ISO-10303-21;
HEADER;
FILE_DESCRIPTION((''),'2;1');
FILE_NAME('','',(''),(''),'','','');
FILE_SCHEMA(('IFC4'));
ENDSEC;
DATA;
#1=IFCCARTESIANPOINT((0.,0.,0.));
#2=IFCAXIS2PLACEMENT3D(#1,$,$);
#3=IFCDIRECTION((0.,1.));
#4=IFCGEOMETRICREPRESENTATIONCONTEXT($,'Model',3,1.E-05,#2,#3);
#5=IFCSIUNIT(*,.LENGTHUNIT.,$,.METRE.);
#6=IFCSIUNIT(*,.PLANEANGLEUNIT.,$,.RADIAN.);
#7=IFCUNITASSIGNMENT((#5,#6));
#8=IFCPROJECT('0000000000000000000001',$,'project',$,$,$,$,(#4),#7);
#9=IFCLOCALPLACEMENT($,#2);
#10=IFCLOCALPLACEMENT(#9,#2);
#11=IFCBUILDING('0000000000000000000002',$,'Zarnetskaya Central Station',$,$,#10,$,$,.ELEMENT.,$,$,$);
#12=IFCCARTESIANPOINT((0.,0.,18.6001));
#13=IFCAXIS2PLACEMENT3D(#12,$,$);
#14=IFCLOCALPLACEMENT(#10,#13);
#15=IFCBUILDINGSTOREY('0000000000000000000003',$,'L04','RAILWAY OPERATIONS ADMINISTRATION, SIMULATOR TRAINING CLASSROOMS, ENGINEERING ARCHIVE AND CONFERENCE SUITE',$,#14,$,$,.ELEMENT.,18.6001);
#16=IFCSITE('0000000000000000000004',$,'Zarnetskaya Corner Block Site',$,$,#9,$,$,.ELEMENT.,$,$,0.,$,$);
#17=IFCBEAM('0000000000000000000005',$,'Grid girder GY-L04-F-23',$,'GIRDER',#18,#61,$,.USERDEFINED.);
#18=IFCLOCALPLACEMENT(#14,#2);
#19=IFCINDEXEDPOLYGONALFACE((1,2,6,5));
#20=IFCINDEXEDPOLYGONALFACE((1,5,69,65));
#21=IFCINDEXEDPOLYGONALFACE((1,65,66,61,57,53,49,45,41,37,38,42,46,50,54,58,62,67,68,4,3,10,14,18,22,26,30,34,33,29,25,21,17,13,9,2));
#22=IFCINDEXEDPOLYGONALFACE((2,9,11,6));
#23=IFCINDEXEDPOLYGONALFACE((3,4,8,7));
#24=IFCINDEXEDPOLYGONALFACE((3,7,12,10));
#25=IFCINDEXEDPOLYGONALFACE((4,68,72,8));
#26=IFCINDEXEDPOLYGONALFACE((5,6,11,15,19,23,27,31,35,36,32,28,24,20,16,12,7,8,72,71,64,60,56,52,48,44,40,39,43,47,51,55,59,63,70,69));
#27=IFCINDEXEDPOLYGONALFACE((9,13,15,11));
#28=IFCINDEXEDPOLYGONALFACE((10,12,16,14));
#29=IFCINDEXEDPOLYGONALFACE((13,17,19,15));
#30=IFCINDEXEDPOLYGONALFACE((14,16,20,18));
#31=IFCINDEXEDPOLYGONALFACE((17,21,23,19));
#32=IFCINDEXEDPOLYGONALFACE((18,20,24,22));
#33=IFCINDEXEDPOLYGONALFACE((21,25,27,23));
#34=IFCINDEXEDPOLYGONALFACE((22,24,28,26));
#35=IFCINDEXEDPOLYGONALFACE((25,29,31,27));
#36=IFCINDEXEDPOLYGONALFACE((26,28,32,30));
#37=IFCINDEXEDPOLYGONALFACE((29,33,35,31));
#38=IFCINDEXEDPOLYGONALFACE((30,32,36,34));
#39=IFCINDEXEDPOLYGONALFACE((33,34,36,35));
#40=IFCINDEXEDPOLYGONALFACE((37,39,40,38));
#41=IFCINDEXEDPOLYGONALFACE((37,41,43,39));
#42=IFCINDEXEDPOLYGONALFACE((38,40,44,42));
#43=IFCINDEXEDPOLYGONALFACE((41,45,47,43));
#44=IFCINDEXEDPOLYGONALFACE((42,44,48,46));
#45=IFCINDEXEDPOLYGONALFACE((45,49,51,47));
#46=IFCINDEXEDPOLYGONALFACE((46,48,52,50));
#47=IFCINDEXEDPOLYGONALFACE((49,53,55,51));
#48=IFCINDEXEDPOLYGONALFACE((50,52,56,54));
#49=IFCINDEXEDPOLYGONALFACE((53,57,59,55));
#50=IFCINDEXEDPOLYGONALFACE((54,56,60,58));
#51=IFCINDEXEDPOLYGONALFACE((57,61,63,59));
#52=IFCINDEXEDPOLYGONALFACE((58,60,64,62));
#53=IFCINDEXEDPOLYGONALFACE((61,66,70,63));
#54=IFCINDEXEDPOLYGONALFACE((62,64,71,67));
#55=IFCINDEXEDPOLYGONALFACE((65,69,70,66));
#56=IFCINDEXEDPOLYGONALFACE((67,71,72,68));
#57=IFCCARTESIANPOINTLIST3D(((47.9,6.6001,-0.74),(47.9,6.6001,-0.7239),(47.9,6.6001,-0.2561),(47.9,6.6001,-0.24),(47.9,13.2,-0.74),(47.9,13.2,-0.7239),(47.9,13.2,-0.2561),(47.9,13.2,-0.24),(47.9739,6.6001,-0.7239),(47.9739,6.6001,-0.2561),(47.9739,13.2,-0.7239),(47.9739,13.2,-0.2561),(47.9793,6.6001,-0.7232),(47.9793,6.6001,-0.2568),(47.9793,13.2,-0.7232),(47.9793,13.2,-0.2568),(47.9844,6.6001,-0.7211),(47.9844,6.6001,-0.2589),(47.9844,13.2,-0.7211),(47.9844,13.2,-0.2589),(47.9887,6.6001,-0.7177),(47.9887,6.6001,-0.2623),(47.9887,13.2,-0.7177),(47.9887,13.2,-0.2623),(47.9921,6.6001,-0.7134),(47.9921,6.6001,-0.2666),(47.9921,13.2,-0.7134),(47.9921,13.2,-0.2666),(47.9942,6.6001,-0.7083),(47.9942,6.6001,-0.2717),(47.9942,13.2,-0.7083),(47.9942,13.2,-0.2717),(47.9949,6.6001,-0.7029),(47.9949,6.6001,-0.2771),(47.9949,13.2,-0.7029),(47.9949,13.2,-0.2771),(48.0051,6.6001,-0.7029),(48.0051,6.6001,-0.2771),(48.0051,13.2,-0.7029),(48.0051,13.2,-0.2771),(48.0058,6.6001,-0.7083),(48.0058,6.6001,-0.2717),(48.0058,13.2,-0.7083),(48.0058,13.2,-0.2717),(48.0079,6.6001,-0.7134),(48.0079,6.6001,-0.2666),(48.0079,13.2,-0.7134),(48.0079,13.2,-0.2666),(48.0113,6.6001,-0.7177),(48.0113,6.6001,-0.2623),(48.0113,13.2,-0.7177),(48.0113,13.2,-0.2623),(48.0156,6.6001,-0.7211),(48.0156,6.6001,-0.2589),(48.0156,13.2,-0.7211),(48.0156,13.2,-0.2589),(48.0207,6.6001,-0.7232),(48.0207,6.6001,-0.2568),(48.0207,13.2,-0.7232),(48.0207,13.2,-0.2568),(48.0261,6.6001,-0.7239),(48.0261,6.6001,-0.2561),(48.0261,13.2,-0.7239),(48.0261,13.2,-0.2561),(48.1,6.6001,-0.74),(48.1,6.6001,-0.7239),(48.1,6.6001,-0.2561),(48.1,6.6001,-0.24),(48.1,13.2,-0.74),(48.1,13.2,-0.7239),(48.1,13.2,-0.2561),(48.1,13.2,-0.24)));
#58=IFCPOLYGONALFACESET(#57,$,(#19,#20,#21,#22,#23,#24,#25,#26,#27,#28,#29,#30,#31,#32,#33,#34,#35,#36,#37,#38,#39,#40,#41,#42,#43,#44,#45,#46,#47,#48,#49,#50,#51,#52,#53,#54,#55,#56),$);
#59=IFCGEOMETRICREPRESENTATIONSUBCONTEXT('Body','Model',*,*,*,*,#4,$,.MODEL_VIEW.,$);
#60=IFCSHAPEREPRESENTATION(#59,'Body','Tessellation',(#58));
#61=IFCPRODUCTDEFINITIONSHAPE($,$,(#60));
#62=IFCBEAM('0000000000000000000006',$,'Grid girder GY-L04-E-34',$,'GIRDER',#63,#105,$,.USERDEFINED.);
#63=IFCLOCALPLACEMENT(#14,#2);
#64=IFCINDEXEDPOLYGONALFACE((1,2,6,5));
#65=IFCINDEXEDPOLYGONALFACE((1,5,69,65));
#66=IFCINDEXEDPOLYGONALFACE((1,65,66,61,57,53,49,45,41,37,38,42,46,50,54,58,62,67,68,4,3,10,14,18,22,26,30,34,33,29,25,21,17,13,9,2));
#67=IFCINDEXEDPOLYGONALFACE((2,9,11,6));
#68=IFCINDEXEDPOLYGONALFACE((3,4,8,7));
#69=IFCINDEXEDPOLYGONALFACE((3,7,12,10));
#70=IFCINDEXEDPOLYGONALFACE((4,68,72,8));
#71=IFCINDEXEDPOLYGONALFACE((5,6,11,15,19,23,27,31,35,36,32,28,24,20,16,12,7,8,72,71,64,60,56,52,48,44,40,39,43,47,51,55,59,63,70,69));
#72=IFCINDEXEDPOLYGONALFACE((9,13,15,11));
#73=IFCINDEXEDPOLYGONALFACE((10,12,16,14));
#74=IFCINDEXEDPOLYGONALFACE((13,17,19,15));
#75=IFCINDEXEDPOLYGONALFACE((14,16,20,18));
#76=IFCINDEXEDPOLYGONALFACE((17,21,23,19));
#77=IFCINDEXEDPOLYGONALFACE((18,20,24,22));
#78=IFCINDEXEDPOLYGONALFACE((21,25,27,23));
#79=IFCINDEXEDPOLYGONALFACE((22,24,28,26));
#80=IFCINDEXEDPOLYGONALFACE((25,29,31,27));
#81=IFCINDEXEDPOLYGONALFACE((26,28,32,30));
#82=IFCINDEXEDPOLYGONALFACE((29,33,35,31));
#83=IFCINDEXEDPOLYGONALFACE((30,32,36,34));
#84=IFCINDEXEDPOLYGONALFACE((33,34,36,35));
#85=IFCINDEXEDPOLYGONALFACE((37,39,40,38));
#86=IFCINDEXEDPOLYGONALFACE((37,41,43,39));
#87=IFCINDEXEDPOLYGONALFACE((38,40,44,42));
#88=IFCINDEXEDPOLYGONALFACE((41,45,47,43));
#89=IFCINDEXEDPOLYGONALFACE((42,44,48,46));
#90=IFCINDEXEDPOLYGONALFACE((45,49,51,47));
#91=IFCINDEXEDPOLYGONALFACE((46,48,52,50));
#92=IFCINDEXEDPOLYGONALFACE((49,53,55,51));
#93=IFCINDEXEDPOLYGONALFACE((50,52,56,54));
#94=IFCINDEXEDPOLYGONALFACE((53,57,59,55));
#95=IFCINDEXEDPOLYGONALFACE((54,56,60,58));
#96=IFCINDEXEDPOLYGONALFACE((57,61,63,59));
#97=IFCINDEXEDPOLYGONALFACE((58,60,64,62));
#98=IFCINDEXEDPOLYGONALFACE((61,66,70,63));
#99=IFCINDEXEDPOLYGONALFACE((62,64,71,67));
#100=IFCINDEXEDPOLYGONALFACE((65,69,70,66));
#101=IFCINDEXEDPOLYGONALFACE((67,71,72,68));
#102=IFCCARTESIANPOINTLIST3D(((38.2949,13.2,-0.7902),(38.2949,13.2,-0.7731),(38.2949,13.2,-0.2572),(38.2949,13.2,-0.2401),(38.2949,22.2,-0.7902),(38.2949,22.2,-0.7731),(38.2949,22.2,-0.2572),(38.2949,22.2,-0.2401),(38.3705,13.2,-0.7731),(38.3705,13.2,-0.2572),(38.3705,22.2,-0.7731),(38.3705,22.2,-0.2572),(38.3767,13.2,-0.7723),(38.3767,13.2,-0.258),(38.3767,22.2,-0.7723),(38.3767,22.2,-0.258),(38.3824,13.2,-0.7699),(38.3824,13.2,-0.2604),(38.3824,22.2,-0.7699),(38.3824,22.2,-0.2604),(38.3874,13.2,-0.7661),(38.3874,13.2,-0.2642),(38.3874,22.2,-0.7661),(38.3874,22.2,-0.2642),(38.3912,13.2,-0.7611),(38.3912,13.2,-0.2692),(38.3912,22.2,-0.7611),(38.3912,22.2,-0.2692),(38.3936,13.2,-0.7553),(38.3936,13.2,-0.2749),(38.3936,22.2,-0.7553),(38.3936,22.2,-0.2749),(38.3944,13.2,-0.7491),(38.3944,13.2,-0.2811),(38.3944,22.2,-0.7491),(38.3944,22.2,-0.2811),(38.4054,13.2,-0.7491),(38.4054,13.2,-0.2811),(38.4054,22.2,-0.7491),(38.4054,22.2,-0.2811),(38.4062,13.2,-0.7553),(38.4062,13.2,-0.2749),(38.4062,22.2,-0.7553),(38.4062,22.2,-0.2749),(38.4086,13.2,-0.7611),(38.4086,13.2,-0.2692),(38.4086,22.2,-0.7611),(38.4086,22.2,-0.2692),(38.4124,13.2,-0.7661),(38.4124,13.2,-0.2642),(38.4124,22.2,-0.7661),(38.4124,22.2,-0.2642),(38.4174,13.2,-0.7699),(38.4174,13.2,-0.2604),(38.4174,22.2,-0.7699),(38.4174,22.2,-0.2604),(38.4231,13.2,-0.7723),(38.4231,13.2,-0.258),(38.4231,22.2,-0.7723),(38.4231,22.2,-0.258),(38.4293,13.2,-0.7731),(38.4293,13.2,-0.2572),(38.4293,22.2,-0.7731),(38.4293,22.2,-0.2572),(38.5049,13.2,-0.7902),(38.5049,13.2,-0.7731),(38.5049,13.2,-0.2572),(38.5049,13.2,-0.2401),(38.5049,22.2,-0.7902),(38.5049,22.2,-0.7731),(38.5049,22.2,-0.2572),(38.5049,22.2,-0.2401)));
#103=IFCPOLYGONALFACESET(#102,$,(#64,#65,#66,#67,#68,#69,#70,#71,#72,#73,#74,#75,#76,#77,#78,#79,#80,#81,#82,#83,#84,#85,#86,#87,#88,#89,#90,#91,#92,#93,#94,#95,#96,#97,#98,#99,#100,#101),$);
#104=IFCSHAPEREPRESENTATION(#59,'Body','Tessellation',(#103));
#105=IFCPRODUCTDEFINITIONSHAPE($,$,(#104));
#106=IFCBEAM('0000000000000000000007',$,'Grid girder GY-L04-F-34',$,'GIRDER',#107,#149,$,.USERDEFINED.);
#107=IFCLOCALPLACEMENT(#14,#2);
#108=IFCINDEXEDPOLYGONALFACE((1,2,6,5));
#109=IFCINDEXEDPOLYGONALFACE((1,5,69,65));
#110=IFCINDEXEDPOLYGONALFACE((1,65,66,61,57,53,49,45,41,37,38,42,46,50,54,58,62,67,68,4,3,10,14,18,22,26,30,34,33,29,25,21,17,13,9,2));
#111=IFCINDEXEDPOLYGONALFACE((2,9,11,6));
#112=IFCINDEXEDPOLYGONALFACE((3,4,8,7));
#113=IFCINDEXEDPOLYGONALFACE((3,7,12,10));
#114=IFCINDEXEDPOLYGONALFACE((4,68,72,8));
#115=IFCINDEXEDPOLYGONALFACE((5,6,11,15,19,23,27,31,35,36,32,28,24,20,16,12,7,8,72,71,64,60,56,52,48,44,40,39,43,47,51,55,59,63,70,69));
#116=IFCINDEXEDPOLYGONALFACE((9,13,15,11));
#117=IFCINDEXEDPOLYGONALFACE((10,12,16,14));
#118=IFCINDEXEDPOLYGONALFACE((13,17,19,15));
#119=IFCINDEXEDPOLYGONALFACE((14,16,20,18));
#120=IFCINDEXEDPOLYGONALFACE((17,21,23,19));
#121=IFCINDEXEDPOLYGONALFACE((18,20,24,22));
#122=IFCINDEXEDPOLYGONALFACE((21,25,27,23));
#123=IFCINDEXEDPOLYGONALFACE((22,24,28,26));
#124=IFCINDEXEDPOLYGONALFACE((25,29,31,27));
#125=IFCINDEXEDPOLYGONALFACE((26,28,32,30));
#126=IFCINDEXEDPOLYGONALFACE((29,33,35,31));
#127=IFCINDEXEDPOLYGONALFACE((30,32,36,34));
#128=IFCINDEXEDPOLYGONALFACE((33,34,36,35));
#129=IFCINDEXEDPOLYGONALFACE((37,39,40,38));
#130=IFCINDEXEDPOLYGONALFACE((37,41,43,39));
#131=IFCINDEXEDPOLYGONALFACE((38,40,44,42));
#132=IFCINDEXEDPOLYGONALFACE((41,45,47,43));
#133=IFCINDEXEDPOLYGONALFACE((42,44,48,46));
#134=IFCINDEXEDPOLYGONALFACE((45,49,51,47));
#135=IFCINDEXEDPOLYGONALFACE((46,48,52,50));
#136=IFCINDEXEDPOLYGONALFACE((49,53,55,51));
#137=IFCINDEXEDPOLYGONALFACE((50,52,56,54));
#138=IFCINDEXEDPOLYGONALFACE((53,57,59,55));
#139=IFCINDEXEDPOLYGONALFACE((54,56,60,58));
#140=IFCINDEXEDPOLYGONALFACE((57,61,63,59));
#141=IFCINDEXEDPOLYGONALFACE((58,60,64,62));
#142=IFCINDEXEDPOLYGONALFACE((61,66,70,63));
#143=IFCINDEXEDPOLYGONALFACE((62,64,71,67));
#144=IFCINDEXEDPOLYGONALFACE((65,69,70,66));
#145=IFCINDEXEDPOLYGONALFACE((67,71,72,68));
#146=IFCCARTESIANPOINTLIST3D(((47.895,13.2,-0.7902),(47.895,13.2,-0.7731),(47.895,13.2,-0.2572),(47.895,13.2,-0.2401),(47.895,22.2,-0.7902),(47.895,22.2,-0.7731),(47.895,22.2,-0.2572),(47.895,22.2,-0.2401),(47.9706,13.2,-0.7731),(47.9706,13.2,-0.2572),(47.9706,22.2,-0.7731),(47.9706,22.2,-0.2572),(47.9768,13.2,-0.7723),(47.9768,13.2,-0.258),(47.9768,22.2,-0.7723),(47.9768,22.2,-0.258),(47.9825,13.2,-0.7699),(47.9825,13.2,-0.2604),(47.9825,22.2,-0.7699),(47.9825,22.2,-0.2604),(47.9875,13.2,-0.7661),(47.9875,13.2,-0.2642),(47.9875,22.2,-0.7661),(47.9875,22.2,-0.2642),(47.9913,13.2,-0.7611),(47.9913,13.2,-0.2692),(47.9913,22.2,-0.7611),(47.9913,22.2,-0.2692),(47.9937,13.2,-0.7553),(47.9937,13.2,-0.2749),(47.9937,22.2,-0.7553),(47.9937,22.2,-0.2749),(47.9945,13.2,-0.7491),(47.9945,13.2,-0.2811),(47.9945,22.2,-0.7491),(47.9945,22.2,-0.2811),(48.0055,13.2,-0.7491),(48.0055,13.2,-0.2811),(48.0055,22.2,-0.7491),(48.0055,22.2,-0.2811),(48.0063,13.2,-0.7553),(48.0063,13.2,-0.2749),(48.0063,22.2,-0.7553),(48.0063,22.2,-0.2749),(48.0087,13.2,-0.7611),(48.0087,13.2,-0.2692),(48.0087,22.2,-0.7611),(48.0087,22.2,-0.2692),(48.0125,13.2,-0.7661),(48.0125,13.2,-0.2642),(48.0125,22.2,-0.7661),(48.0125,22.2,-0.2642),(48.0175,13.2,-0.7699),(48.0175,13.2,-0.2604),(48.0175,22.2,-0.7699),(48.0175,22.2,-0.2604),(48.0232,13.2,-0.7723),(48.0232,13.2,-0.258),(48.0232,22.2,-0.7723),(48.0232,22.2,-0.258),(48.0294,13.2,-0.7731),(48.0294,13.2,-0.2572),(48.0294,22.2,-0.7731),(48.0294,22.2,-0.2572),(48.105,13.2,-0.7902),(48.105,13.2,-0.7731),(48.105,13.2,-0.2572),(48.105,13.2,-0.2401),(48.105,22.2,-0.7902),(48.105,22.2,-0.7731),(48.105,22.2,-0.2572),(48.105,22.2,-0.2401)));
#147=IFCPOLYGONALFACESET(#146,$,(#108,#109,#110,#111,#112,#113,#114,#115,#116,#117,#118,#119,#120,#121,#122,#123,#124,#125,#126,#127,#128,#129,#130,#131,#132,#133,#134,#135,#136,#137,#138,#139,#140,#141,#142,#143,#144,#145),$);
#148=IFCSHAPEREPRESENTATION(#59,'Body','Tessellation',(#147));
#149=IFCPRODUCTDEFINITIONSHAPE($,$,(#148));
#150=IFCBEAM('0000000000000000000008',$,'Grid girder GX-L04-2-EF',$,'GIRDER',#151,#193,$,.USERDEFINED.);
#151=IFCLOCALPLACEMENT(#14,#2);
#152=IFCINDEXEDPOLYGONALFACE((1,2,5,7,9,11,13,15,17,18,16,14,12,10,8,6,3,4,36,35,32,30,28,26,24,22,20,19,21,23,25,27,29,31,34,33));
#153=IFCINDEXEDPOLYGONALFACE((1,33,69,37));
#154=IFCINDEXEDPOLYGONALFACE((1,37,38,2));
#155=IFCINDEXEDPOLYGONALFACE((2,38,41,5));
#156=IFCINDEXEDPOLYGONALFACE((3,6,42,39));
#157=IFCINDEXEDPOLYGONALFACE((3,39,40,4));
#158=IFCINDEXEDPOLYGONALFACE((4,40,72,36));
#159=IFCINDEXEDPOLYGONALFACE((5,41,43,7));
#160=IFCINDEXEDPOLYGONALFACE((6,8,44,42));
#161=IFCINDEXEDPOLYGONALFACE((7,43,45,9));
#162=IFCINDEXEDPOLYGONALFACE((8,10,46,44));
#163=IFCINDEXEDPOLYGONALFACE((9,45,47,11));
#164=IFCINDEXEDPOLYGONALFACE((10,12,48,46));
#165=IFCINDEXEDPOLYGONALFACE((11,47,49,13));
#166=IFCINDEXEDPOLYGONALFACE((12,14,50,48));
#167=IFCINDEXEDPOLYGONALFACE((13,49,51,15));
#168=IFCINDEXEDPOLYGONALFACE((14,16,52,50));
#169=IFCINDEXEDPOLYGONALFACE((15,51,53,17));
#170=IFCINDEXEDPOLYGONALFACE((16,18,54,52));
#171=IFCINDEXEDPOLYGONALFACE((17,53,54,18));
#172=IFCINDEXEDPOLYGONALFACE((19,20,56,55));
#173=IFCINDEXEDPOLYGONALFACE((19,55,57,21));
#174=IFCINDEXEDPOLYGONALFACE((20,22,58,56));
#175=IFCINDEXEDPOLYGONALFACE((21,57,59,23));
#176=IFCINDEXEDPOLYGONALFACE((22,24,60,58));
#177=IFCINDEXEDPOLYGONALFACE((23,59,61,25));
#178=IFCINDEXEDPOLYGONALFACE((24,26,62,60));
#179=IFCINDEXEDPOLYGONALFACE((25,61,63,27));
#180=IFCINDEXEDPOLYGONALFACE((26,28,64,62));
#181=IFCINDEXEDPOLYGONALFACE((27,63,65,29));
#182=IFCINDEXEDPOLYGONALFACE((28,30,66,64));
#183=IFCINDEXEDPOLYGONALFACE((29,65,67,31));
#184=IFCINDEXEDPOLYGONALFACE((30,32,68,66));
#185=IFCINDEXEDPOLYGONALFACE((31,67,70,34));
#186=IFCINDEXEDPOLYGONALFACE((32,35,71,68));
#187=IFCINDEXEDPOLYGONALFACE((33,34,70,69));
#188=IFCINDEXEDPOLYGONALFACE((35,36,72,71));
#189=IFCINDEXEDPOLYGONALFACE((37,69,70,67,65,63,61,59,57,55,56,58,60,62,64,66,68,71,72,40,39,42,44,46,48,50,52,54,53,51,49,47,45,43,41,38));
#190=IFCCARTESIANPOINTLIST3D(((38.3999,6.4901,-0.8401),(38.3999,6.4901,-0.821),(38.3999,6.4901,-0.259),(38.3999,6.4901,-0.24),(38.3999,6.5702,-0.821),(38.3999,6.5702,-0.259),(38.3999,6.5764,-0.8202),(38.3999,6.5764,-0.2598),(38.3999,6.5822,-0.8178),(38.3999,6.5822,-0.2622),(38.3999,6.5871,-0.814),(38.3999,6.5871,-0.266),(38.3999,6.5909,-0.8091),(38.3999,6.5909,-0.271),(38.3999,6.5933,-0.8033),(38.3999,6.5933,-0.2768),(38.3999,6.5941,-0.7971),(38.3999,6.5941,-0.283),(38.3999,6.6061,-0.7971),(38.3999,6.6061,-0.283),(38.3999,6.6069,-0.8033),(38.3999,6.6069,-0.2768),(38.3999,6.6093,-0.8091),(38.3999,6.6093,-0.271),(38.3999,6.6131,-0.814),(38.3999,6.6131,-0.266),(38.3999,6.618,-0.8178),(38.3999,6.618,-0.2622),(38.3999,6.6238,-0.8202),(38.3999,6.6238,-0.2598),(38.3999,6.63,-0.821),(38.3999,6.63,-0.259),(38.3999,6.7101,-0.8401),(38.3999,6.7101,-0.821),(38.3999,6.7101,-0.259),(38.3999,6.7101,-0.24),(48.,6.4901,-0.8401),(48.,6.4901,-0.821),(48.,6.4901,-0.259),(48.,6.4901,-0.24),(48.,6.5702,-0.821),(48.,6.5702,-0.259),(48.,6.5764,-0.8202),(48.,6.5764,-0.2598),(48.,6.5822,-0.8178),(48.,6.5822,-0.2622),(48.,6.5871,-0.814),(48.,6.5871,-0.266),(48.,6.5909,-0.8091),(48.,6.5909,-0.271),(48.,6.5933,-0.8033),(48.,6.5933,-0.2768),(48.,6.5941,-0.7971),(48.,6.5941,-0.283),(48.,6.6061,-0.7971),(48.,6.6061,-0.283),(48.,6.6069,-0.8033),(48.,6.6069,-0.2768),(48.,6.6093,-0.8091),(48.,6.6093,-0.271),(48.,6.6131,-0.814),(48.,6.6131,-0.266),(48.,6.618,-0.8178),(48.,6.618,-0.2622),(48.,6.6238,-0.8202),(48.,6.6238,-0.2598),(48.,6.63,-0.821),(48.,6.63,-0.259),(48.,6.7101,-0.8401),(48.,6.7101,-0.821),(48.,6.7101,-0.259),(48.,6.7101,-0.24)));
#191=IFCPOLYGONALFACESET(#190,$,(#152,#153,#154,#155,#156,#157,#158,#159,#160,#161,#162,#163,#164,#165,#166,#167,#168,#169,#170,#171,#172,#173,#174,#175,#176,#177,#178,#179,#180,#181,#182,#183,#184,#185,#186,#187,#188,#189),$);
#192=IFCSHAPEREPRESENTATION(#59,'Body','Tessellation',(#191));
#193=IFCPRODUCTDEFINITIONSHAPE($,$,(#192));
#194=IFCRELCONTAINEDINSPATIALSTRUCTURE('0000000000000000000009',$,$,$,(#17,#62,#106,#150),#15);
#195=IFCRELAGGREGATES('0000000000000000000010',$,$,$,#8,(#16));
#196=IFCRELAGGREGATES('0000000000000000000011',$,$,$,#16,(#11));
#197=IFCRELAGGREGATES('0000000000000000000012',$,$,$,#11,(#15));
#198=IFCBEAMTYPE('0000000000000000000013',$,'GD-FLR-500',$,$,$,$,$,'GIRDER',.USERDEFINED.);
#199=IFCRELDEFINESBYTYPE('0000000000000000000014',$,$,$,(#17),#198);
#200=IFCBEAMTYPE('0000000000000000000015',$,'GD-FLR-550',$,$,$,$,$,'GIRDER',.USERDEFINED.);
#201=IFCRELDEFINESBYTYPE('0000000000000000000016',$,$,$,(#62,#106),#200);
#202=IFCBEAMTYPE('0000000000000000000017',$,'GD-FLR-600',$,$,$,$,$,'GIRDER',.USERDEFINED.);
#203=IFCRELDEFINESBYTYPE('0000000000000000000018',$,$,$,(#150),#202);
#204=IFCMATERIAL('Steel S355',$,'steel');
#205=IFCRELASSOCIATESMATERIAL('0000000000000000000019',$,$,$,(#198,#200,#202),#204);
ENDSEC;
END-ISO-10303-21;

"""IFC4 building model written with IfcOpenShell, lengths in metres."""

from ifc_helpers import new_model, si_unit, direction, frame, origin, origin_2d, place, context, subcontext, project, spatial, i_section, extrude, material, material_profile, profile_set, type_object, element, save


model = new_model("IFC4")

# Units and contexts
model_context = context("Model", 3, precision=1e-05, world=origin(), true_north=direction((0.0, 1.0)))
body_context = subcontext(model_context, "Body", "Model", "MODEL_VIEW")
ifc_project = project(units=[si_unit("LENGTHUNIT", "METRE"), si_unit("PLANEANGLEUNIT", "RADIAN")], contexts=[model_context])

# Site, building, storey
site_placement = place(None, origin())
site = spatial("IfcSite", under=ifc_project, at=site_placement, Name="Zarnetskaya Corner Block Site", CompositionType="ELEMENT", RefElevation=0.0)
building_placement = place(site_placement, origin())
building = spatial("IfcBuilding", under=site, at=building_placement, Name="Zarnetskaya Central Station", CompositionType="ELEMENT")
storey_placement = place(building_placement, frame((0.0, 0.0, 18.6001)))
storey = spatial("IfcBuildingStorey", under=building, at=storey_placement, Name="L04", Description="RAILWAY OPERATIONS ADMINISTRATION, SIMULATOR TRAINING CLASSROOMS, ENGINEERING ARCHIVE AND CONFERENCE SUITE", CompositionType="ELEMENT", Elevation=18.6001)

# Shared definitions
ifc_material_1 = material(Name="Steel S355", Category="steel")

# Beams
ifc_material_profile_1 = material_profile(ifc_material_1, i_section(OverallWidth=0.2, OverallDepth=0.5, WebThickness=0.0103, FlangeThickness=0.0161, FilletRadius=0.021, at=origin_2d()), Name="IPE 500")
ifc_profile_set_1 = profile_set([ifc_material_profile_1], Name="Steel S355")
beam_type_1 = type_object("IfcBeamType", Name="GD-FLR-500", ElementType="GIRDER", PredefinedType="USERDEFINED", material=ifc_profile_set_1)
for number, where, z_axis, x_axis, name in (
    (1, (48.0, 6.6001, -0.49), (0.0, 1.0, 0.0), (-1.0, 0.0, 0.0), "Grid girder GY-L04-F-23"),
):
    element("IfcBeam", number, at=place(storey_placement, frame(where, z_axis=z_axis, x_axis=x_axis)), inside=storey, type_object=beam_type_1, Name=name, ObjectType="GIRDER", PredefinedType="USERDEFINED", context=body_context, shape_type="SweptSolid", body=[
        extrude(i_section(OverallWidth=0.2, OverallDepth=0.5, WebThickness=0.0103, FlangeThickness=0.0161, FilletRadius=0.021, at=origin_2d()), origin(), (0.0, 0.0, 1.0), 6.5999),
    ])
ifc_material_profile_2 = material_profile(ifc_material_1, i_section(OverallWidth=0.21, OverallDepth=0.55, WebThickness=0.011, FlangeThickness=0.0171, FilletRadius=0.0239, at=origin_2d()), Name="IPE 550")
ifc_profile_set_2 = profile_set([ifc_material_profile_2], Name="Steel S355")
beam_type_2 = type_object("IfcBeamType", Name="GD-FLR-550", ElementType="GIRDER", PredefinedType="USERDEFINED", material=ifc_profile_set_2)
for number, where, z_axis, x_axis, name in (
    (2, (38.3999, 13.2, -0.5151), (0.0, 1.0, 0.0), (-1.0, 0.0, 0.0), "Grid girder GY-L04-E-34"),
    (3, (48.0, 13.2, -0.5151), (0.0, 1.0, 0.0), (-1.0, 0.0, 0.0), "Grid girder GY-L04-F-34"),
):
    element("IfcBeam", number, at=place(storey_placement, frame(where, z_axis=z_axis, x_axis=x_axis)), inside=storey, type_object=beam_type_2, Name=name, ObjectType="GIRDER", PredefinedType="USERDEFINED", context=body_context, shape_type="SweptSolid", body=[
        extrude(i_section(OverallWidth=0.21, OverallDepth=0.55, WebThickness=0.011, FlangeThickness=0.0171, FilletRadius=0.0239, at=origin_2d()), origin(), (0.0, 0.0, 1.0), 9.0),
    ])
ifc_material_profile_3 = material_profile(ifc_material_1, i_section(OverallWidth=0.22, OverallDepth=0.6001, WebThickness=0.012, FlangeThickness=0.019, FilletRadius=0.0239, at=origin_2d()), Name="IPE 600")
ifc_profile_set_3 = profile_set([ifc_material_profile_3], Name="Steel S355")
beam_type_3 = type_object("IfcBeamType", Name="GD-FLR-600", ElementType="GIRDER", PredefinedType="USERDEFINED", material=ifc_profile_set_3)
for number, where, z_axis, x_axis, name in (
    (4, (38.3999, 6.6001, -0.54), (1.0, 0.0, 0.0), (0.0, 1.0, 0.0), "Grid girder GX-L04-2-EF"),
):
    element("IfcBeam", number, at=place(storey_placement, frame(where, z_axis=z_axis, x_axis=x_axis)), inside=storey, type_object=beam_type_3, Name=name, ObjectType="GIRDER", PredefinedType="USERDEFINED", context=body_context, shape_type="SweptSolid", body=[
        extrude(i_section(OverallWidth=0.22, OverallDepth=0.6001, WebThickness=0.012, FlangeThickness=0.019, FilletRadius=0.0239, at=origin_2d()), origin(), (0.0, 0.0, 1.0), 9.6001),
    ])

save(model, "model.ifc")
